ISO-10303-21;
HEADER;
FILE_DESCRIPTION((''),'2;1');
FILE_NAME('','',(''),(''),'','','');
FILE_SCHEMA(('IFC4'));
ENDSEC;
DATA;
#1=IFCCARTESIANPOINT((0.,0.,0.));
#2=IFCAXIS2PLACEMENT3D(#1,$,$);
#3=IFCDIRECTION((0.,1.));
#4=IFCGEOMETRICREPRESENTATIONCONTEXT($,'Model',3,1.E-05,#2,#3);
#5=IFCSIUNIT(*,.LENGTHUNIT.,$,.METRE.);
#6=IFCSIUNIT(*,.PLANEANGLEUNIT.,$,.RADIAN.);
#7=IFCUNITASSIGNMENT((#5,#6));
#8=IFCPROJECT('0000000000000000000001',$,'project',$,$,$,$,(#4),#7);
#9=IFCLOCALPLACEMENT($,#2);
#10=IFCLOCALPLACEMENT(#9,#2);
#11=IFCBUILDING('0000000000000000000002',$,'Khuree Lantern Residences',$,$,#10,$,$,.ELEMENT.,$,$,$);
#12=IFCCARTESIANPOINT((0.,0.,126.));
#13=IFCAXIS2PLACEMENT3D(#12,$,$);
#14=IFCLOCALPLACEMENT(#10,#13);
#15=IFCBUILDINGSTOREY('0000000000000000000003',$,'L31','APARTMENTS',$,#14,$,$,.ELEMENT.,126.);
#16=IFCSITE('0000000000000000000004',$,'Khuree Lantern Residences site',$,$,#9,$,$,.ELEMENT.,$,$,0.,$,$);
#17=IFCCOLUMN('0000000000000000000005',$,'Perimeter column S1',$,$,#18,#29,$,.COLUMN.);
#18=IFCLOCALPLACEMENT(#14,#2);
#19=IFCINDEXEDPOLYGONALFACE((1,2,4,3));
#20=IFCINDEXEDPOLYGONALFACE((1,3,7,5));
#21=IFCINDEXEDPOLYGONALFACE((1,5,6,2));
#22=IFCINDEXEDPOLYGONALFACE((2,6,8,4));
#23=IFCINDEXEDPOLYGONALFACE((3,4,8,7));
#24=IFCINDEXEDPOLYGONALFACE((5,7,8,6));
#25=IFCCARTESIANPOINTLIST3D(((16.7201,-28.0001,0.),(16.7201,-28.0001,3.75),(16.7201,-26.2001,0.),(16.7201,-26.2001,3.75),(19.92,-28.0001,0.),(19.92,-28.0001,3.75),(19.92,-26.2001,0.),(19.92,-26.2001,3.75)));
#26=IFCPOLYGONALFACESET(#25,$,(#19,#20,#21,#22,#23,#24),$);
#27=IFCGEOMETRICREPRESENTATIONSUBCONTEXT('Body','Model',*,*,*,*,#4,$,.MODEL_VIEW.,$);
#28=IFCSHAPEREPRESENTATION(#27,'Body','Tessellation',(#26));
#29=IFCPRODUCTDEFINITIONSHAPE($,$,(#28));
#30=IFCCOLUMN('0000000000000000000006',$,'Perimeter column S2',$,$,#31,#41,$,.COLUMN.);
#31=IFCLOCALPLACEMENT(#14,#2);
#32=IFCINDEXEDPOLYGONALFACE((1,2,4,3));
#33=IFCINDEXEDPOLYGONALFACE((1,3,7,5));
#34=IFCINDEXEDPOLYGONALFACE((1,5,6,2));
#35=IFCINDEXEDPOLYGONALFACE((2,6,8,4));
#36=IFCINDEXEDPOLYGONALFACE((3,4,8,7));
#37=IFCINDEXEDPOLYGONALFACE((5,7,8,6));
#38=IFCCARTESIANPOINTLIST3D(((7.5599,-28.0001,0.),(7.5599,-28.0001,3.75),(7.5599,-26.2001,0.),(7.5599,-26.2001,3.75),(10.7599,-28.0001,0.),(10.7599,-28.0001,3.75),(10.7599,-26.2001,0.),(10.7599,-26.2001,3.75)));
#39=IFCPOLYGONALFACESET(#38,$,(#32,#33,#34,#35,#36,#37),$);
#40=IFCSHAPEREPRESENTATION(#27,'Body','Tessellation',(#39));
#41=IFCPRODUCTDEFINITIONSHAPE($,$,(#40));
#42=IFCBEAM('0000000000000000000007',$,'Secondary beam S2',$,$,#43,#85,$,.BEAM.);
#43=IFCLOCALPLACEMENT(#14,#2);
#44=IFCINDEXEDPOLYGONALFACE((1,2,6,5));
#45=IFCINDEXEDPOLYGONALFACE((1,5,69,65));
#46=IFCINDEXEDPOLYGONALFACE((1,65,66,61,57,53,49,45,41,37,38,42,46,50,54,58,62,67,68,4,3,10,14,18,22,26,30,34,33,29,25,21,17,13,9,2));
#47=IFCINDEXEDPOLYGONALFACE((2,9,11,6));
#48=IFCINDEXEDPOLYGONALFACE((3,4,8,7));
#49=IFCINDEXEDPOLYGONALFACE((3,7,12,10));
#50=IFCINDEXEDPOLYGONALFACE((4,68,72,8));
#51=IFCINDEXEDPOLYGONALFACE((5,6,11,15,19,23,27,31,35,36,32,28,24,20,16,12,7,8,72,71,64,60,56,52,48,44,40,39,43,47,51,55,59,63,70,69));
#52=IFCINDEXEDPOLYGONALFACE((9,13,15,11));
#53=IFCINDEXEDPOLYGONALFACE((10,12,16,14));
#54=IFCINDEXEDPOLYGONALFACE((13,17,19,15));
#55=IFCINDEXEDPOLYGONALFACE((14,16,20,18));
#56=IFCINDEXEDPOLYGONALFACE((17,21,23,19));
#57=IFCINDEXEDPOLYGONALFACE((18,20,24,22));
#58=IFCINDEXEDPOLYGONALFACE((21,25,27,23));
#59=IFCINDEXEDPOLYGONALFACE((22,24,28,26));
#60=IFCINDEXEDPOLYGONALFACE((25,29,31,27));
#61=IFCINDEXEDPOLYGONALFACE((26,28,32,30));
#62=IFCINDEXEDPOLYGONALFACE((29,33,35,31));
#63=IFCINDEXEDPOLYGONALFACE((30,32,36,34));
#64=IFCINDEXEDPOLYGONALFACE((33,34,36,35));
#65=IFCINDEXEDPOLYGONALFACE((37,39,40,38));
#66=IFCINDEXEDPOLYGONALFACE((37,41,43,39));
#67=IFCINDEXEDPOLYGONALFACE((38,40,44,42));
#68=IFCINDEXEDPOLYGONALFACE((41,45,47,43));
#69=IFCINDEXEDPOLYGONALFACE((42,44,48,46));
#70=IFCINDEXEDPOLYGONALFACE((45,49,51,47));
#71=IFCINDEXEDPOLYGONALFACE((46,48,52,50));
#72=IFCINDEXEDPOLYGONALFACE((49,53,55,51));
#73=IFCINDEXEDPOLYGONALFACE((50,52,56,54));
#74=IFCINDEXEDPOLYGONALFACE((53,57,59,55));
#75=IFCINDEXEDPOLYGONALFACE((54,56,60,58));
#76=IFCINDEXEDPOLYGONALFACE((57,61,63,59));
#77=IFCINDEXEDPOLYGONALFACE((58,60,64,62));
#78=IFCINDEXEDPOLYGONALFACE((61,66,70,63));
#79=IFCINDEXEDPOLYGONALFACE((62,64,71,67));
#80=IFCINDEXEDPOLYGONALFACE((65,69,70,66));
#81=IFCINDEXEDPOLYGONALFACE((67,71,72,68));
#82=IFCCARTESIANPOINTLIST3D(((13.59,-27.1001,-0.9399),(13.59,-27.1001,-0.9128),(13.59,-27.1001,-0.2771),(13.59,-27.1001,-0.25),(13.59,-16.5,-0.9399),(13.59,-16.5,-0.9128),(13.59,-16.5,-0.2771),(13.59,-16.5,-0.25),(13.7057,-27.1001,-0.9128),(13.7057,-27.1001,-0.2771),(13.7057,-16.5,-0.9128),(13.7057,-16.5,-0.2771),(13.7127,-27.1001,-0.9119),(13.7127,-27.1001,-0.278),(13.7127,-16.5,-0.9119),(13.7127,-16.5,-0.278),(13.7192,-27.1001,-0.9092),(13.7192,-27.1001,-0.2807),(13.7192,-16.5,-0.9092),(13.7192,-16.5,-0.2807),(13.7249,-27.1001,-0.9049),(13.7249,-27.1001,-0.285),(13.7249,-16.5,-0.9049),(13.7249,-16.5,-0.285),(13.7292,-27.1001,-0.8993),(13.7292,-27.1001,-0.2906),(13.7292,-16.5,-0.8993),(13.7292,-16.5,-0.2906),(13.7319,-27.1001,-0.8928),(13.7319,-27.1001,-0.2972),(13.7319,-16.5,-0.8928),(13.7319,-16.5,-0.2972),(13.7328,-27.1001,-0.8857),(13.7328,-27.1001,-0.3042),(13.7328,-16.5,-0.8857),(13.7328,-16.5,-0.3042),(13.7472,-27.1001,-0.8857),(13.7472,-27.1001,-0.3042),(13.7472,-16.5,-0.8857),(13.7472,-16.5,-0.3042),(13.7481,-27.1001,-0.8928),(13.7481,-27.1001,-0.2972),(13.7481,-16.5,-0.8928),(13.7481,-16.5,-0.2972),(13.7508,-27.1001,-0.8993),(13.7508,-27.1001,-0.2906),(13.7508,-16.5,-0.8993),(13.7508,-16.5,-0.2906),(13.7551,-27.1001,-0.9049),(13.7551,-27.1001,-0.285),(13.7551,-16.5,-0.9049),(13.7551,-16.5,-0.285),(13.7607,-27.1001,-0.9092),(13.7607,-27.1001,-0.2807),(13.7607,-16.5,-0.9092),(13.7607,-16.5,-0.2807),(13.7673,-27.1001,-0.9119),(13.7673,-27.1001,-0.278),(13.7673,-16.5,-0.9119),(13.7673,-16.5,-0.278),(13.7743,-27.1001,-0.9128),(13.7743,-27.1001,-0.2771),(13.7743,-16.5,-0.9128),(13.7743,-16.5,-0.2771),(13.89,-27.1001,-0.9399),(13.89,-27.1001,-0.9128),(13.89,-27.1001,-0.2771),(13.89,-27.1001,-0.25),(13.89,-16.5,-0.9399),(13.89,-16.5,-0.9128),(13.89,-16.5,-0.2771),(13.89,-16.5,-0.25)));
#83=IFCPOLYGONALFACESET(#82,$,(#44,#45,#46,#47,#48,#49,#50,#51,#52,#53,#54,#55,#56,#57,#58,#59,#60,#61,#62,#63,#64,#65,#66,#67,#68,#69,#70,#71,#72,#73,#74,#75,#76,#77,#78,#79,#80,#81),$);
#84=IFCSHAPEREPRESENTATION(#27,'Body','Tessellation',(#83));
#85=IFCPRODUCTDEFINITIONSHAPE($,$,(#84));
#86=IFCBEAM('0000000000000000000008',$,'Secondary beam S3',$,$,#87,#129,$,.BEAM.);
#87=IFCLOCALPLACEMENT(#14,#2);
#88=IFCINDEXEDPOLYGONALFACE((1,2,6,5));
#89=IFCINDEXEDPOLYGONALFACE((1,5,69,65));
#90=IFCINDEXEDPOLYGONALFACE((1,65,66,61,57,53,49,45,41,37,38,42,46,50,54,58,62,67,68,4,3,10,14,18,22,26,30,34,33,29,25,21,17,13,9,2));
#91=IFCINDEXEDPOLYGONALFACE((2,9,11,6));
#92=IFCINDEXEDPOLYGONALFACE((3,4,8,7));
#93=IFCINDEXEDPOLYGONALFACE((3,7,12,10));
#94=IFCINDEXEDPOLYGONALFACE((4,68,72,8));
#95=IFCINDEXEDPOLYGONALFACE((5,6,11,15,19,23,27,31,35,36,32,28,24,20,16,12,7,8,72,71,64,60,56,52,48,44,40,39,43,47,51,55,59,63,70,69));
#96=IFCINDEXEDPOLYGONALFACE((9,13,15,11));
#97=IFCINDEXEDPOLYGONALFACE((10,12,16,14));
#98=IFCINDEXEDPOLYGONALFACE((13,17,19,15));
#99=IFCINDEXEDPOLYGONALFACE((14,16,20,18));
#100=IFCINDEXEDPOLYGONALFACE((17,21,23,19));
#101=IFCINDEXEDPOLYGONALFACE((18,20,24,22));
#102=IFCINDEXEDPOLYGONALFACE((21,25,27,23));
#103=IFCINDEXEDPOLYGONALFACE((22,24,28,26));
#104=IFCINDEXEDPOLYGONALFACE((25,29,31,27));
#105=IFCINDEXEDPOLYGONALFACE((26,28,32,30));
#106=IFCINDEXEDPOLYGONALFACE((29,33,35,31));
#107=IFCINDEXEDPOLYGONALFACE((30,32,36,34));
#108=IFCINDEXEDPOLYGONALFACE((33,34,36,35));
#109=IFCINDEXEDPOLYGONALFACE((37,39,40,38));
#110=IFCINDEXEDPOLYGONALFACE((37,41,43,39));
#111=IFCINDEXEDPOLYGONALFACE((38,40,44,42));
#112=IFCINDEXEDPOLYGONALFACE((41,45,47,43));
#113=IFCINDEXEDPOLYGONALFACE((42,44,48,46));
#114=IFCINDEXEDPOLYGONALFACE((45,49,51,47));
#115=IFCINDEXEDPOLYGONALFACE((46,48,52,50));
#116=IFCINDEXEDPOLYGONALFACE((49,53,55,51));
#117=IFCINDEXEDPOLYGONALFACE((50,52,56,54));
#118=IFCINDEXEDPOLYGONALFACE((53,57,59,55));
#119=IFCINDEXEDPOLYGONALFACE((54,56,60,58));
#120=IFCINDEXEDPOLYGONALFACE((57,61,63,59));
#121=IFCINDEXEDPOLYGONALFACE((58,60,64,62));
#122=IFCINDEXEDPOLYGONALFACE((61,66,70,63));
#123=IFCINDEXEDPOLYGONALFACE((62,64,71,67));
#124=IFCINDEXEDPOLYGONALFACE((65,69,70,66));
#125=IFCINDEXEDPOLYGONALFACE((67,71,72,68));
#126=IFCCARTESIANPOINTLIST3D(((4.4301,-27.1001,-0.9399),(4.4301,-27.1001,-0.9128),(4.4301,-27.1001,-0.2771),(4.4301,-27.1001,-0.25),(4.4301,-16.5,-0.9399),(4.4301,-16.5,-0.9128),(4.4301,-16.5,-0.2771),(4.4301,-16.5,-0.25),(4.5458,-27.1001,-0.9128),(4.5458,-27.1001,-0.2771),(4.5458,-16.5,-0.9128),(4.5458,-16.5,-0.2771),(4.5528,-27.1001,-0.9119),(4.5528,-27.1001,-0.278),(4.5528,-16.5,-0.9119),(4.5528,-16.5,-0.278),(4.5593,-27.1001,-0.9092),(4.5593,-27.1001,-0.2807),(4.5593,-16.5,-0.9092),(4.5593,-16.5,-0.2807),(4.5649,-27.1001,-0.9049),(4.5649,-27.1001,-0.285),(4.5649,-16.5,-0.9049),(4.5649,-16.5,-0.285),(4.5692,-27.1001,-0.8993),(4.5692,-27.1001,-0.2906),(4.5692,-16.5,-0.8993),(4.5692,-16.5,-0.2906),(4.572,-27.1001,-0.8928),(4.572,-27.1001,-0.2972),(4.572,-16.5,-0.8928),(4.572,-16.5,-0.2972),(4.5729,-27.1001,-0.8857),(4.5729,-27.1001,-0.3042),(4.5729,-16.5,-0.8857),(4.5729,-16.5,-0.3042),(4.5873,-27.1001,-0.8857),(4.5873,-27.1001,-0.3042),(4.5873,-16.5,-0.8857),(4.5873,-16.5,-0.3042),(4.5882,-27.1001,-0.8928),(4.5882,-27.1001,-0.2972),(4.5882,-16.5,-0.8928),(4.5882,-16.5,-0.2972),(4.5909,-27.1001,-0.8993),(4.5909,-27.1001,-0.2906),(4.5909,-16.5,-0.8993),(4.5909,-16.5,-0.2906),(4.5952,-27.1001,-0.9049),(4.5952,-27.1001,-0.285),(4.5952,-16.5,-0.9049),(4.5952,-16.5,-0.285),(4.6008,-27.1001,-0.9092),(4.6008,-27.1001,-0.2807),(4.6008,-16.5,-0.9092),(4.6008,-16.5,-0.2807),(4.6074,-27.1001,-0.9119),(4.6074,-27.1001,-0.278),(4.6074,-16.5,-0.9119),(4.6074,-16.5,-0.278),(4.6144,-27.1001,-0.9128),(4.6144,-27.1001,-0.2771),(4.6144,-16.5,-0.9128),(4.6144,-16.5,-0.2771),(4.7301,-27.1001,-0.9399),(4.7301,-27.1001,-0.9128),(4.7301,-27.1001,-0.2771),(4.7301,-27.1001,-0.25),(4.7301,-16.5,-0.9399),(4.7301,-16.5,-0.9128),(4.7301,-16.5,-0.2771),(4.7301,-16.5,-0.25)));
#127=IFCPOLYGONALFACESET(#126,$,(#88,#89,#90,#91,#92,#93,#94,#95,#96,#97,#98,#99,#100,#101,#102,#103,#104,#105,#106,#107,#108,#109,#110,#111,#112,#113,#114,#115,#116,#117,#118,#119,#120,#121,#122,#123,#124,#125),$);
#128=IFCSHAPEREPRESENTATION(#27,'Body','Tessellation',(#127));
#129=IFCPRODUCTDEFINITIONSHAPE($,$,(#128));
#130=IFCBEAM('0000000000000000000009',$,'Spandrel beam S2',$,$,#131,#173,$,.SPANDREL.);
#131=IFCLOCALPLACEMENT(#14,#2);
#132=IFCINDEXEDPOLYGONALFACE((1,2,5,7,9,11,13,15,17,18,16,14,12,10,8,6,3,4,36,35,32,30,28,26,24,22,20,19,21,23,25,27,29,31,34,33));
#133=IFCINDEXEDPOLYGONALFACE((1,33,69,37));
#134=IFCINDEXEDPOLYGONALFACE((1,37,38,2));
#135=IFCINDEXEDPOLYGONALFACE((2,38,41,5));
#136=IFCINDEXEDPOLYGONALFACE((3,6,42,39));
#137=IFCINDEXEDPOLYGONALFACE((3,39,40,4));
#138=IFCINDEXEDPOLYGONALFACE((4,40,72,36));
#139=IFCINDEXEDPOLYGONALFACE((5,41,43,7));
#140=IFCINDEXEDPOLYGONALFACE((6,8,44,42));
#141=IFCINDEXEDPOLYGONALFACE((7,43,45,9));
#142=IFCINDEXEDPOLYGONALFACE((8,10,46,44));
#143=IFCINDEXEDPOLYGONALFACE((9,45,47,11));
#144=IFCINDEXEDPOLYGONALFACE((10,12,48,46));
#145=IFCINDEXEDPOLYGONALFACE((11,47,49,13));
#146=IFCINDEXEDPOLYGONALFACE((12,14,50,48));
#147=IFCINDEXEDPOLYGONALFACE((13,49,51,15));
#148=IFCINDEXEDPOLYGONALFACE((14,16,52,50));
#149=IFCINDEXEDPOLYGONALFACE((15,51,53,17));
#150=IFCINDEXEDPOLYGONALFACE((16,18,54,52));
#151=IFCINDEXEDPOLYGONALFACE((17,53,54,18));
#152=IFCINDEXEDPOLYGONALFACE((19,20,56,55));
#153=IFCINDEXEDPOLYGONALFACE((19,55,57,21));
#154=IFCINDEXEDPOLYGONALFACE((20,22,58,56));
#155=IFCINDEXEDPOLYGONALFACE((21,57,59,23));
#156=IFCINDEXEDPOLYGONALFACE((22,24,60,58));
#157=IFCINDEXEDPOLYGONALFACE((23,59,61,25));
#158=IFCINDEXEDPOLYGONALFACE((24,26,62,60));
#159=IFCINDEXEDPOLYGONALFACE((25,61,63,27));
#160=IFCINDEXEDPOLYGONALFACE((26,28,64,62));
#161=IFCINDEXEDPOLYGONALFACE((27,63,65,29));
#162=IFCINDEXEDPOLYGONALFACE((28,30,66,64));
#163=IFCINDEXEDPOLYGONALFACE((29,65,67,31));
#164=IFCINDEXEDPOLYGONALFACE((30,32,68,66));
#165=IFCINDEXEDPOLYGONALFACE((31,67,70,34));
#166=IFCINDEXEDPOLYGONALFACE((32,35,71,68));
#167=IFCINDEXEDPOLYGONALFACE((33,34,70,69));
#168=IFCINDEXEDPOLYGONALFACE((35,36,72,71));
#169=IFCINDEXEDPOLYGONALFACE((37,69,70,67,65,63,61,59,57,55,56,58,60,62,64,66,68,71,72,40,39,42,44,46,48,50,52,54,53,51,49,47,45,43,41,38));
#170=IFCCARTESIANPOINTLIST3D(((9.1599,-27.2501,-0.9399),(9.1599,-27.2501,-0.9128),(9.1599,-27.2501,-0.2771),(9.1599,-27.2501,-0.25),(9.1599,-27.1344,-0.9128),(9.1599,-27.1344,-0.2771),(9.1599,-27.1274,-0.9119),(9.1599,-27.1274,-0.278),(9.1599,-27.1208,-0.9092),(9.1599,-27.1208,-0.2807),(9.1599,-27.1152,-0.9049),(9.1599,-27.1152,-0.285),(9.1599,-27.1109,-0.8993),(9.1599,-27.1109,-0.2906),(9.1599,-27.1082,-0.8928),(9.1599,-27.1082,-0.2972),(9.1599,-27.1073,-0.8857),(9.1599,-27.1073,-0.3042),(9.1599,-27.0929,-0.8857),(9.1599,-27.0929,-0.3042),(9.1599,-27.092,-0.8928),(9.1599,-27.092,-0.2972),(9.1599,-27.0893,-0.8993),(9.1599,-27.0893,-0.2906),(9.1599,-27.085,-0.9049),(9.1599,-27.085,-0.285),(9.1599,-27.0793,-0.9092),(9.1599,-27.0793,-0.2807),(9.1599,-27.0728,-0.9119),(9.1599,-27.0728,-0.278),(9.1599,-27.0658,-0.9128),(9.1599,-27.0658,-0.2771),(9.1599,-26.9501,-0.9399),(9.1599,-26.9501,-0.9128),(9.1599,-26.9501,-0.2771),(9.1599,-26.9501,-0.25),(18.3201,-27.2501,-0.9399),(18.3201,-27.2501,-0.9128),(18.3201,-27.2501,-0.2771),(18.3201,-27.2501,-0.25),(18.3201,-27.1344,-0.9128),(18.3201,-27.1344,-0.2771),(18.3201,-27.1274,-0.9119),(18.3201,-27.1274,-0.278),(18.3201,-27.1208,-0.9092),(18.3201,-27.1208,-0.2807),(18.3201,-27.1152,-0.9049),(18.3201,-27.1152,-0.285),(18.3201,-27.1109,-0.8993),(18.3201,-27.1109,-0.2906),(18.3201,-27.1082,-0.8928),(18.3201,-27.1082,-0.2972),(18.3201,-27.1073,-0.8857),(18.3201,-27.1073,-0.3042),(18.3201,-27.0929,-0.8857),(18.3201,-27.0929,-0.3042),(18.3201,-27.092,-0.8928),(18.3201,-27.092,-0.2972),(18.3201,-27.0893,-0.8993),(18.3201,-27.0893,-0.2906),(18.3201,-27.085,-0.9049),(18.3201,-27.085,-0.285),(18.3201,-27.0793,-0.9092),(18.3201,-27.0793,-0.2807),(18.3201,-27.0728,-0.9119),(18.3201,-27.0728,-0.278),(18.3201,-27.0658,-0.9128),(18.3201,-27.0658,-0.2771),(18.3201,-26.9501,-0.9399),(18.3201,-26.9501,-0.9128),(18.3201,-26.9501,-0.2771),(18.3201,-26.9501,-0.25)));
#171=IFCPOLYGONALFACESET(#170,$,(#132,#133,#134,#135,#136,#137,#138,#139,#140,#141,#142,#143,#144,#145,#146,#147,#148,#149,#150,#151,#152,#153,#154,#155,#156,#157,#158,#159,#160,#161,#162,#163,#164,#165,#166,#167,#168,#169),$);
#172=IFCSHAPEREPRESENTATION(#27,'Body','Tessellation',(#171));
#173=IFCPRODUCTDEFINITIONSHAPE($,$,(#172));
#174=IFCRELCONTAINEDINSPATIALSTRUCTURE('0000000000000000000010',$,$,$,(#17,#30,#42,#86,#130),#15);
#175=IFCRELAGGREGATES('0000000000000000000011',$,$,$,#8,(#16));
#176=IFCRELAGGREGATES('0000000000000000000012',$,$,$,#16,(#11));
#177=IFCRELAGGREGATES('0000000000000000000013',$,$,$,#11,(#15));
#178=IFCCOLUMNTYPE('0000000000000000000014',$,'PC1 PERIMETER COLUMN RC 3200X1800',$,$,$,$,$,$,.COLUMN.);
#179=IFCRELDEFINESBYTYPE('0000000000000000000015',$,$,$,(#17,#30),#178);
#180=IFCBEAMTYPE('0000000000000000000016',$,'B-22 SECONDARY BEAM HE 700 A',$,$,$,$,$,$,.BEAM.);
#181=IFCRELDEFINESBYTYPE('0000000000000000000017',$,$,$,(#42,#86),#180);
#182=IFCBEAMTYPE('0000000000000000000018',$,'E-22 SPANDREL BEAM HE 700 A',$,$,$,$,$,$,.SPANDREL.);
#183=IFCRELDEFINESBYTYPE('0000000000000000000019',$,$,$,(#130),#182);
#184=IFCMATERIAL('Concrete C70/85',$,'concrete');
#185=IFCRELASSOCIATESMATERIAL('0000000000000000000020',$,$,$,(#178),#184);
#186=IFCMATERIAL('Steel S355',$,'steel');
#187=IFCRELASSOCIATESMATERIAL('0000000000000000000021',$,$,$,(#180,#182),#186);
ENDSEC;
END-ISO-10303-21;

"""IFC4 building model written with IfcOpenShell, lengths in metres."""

from ifc_helpers import new_model, si_unit, direction, frame, origin, origin_2d, place, context, subcontext, project, spatial, rectangle, i_section, extrude, material, material_profile, profile_set, type_object, element, save


model = new_model("IFC4")

# Units and contexts
model_context = context("Model", 3, precision=1e-05, world=origin(), true_north=direction((0.0, 1.0)))
body_context = subcontext(model_context, "Body", "Model", "MODEL_VIEW")
ifc_project = project(units=[si_unit("LENGTHUNIT", "METRE"), si_unit("PLANEANGLEUNIT", "RADIAN")], contexts=[model_context])

# Site, building, storey
site_placement = place(None, origin())
site = spatial("IfcSite", under=ifc_project, at=site_placement, Name="Khuree Lantern Residences site", CompositionType="ELEMENT", RefElevation=0.0)
building_placement = place(site_placement, origin())
building = spatial("IfcBuilding", under=site, at=building_placement, Name="Khuree Lantern Residences", CompositionType="ELEMENT")
storey_placement = place(building_placement, frame((0.0, 0.0, 126.0)))
storey = spatial("IfcBuildingStorey", under=building, at=storey_placement, Name="L31", Description="APARTMENTS", CompositionType="ELEMENT", Elevation=126.0)

# Columns
ifc_material_1 = material(Name="Concrete C70/85", Category="concrete")
ifc_material_profile_1 = material_profile(ifc_material_1, rectangle(XDim=3.2, YDim=1.8, at=origin_2d()), Name="RC 3200X1800")
ifc_profile_set_1 = profile_set([ifc_material_profile_1], Name="Concrete C70/85")
column_type = type_object("IfcColumnType", Name="PC1 PERIMETER COLUMN RC 3200X1800", PredefinedType="COLUMN", material=ifc_profile_set_1)
for number, where, z_axis, x_axis, name in (
    (1, (18.3201, -27.1001, 0.0), (0.0, 0.0, 1.0), (1.0, 0.0, 0.0), "Perimeter column S1"),
    (2, (9.1599, -27.1001, 0.0), (0.0, 0.0, 1.0), (1.0, 0.0, 0.0), "Perimeter column S2"),
):
    element("IfcColumn", number, at=place(storey_placement, frame(where, z_axis=z_axis, x_axis=x_axis)), inside=storey, type_object=column_type, Name=name, PredefinedType="COLUMN", context=body_context, shape_type="SweptSolid", body=[
        extrude(rectangle(XDim=3.2, YDim=1.8, at=origin_2d()), origin(), (0.0, 0.0, 1.0), 3.75),
    ])

# Beams
ifc_material_2 = material(Name="Steel S355", Category="steel")
ifc_material_profile_2 = material_profile(ifc_material_2, i_section(OverallWidth=0.3, OverallDepth=0.6899, WebThickness=0.0144, FlangeThickness=0.0271, FilletRadius=0.0271, at=origin_2d()), Name="HE 700 A")
ifc_profile_set_2 = profile_set([ifc_material_profile_2], Name="Steel S355")
beam_type_1 = type_object("IfcBeamType", Name="B-22 SECONDARY BEAM HE 700 A", PredefinedType="BEAM", material=ifc_profile_set_2)
for number, where, z_axis, x_axis, name in (
    (3, (13.74, -27.1001, -0.595), (0.0, 1.0, 0.0), (-1.0, 0.0, 0.0), "Secondary beam S2"),
    (4, (4.5801, -27.1001, -0.595), (0.0, 1.0, 0.0), (-1.0, 0.0, 0.0), "Secondary beam S3"),
):
    element("IfcBeam", number, at=place(storey_placement, frame(where, z_axis=z_axis, x_axis=x_axis)), inside=storey, type_object=beam_type_1, Name=name, PredefinedType="BEAM", context=body_context, shape_type="SweptSolid", body=[
        extrude(i_section(OverallWidth=0.3, OverallDepth=0.6899, WebThickness=0.0144, FlangeThickness=0.0271, FilletRadius=0.0271, at=origin_2d()), origin(), (0.0, 0.0, 1.0), 10.6001),
    ])
ifc_material_profile_3 = material_profile(ifc_material_2, i_section(OverallWidth=0.3, OverallDepth=0.6899, WebThickness=0.0144, FlangeThickness=0.0271, FilletRadius=0.0271, at=origin_2d()), Name="HE 700 A")
ifc_profile_set_3 = profile_set([ifc_material_profile_3], Name="Steel S355")
beam_type_2 = type_object("IfcBeamType", Name="E-22 SPANDREL BEAM HE 700 A", PredefinedType="SPANDREL", material=ifc_profile_set_3)
beam_1_placement = place(storey_placement, frame((18.3201, -27.1001, -0.595), z_axis=(-1.0, 0.0, 0.0), x_axis=(0.0, -1.0, 0.0)))
element("IfcBeam", 5, at=beam_1_placement, inside=storey, type_object=beam_type_2, Name="Spandrel beam S2", PredefinedType="SPANDREL", context=body_context, shape_type="SweptSolid", body=[
    extrude(i_section(OverallWidth=0.3, OverallDepth=0.6899, WebThickness=0.0144, FlangeThickness=0.0271, FilletRadius=0.0271, at=origin_2d()), origin(), (0.0, 0.0, 1.0), 9.1602),
])

save(model, "model.ifc")
